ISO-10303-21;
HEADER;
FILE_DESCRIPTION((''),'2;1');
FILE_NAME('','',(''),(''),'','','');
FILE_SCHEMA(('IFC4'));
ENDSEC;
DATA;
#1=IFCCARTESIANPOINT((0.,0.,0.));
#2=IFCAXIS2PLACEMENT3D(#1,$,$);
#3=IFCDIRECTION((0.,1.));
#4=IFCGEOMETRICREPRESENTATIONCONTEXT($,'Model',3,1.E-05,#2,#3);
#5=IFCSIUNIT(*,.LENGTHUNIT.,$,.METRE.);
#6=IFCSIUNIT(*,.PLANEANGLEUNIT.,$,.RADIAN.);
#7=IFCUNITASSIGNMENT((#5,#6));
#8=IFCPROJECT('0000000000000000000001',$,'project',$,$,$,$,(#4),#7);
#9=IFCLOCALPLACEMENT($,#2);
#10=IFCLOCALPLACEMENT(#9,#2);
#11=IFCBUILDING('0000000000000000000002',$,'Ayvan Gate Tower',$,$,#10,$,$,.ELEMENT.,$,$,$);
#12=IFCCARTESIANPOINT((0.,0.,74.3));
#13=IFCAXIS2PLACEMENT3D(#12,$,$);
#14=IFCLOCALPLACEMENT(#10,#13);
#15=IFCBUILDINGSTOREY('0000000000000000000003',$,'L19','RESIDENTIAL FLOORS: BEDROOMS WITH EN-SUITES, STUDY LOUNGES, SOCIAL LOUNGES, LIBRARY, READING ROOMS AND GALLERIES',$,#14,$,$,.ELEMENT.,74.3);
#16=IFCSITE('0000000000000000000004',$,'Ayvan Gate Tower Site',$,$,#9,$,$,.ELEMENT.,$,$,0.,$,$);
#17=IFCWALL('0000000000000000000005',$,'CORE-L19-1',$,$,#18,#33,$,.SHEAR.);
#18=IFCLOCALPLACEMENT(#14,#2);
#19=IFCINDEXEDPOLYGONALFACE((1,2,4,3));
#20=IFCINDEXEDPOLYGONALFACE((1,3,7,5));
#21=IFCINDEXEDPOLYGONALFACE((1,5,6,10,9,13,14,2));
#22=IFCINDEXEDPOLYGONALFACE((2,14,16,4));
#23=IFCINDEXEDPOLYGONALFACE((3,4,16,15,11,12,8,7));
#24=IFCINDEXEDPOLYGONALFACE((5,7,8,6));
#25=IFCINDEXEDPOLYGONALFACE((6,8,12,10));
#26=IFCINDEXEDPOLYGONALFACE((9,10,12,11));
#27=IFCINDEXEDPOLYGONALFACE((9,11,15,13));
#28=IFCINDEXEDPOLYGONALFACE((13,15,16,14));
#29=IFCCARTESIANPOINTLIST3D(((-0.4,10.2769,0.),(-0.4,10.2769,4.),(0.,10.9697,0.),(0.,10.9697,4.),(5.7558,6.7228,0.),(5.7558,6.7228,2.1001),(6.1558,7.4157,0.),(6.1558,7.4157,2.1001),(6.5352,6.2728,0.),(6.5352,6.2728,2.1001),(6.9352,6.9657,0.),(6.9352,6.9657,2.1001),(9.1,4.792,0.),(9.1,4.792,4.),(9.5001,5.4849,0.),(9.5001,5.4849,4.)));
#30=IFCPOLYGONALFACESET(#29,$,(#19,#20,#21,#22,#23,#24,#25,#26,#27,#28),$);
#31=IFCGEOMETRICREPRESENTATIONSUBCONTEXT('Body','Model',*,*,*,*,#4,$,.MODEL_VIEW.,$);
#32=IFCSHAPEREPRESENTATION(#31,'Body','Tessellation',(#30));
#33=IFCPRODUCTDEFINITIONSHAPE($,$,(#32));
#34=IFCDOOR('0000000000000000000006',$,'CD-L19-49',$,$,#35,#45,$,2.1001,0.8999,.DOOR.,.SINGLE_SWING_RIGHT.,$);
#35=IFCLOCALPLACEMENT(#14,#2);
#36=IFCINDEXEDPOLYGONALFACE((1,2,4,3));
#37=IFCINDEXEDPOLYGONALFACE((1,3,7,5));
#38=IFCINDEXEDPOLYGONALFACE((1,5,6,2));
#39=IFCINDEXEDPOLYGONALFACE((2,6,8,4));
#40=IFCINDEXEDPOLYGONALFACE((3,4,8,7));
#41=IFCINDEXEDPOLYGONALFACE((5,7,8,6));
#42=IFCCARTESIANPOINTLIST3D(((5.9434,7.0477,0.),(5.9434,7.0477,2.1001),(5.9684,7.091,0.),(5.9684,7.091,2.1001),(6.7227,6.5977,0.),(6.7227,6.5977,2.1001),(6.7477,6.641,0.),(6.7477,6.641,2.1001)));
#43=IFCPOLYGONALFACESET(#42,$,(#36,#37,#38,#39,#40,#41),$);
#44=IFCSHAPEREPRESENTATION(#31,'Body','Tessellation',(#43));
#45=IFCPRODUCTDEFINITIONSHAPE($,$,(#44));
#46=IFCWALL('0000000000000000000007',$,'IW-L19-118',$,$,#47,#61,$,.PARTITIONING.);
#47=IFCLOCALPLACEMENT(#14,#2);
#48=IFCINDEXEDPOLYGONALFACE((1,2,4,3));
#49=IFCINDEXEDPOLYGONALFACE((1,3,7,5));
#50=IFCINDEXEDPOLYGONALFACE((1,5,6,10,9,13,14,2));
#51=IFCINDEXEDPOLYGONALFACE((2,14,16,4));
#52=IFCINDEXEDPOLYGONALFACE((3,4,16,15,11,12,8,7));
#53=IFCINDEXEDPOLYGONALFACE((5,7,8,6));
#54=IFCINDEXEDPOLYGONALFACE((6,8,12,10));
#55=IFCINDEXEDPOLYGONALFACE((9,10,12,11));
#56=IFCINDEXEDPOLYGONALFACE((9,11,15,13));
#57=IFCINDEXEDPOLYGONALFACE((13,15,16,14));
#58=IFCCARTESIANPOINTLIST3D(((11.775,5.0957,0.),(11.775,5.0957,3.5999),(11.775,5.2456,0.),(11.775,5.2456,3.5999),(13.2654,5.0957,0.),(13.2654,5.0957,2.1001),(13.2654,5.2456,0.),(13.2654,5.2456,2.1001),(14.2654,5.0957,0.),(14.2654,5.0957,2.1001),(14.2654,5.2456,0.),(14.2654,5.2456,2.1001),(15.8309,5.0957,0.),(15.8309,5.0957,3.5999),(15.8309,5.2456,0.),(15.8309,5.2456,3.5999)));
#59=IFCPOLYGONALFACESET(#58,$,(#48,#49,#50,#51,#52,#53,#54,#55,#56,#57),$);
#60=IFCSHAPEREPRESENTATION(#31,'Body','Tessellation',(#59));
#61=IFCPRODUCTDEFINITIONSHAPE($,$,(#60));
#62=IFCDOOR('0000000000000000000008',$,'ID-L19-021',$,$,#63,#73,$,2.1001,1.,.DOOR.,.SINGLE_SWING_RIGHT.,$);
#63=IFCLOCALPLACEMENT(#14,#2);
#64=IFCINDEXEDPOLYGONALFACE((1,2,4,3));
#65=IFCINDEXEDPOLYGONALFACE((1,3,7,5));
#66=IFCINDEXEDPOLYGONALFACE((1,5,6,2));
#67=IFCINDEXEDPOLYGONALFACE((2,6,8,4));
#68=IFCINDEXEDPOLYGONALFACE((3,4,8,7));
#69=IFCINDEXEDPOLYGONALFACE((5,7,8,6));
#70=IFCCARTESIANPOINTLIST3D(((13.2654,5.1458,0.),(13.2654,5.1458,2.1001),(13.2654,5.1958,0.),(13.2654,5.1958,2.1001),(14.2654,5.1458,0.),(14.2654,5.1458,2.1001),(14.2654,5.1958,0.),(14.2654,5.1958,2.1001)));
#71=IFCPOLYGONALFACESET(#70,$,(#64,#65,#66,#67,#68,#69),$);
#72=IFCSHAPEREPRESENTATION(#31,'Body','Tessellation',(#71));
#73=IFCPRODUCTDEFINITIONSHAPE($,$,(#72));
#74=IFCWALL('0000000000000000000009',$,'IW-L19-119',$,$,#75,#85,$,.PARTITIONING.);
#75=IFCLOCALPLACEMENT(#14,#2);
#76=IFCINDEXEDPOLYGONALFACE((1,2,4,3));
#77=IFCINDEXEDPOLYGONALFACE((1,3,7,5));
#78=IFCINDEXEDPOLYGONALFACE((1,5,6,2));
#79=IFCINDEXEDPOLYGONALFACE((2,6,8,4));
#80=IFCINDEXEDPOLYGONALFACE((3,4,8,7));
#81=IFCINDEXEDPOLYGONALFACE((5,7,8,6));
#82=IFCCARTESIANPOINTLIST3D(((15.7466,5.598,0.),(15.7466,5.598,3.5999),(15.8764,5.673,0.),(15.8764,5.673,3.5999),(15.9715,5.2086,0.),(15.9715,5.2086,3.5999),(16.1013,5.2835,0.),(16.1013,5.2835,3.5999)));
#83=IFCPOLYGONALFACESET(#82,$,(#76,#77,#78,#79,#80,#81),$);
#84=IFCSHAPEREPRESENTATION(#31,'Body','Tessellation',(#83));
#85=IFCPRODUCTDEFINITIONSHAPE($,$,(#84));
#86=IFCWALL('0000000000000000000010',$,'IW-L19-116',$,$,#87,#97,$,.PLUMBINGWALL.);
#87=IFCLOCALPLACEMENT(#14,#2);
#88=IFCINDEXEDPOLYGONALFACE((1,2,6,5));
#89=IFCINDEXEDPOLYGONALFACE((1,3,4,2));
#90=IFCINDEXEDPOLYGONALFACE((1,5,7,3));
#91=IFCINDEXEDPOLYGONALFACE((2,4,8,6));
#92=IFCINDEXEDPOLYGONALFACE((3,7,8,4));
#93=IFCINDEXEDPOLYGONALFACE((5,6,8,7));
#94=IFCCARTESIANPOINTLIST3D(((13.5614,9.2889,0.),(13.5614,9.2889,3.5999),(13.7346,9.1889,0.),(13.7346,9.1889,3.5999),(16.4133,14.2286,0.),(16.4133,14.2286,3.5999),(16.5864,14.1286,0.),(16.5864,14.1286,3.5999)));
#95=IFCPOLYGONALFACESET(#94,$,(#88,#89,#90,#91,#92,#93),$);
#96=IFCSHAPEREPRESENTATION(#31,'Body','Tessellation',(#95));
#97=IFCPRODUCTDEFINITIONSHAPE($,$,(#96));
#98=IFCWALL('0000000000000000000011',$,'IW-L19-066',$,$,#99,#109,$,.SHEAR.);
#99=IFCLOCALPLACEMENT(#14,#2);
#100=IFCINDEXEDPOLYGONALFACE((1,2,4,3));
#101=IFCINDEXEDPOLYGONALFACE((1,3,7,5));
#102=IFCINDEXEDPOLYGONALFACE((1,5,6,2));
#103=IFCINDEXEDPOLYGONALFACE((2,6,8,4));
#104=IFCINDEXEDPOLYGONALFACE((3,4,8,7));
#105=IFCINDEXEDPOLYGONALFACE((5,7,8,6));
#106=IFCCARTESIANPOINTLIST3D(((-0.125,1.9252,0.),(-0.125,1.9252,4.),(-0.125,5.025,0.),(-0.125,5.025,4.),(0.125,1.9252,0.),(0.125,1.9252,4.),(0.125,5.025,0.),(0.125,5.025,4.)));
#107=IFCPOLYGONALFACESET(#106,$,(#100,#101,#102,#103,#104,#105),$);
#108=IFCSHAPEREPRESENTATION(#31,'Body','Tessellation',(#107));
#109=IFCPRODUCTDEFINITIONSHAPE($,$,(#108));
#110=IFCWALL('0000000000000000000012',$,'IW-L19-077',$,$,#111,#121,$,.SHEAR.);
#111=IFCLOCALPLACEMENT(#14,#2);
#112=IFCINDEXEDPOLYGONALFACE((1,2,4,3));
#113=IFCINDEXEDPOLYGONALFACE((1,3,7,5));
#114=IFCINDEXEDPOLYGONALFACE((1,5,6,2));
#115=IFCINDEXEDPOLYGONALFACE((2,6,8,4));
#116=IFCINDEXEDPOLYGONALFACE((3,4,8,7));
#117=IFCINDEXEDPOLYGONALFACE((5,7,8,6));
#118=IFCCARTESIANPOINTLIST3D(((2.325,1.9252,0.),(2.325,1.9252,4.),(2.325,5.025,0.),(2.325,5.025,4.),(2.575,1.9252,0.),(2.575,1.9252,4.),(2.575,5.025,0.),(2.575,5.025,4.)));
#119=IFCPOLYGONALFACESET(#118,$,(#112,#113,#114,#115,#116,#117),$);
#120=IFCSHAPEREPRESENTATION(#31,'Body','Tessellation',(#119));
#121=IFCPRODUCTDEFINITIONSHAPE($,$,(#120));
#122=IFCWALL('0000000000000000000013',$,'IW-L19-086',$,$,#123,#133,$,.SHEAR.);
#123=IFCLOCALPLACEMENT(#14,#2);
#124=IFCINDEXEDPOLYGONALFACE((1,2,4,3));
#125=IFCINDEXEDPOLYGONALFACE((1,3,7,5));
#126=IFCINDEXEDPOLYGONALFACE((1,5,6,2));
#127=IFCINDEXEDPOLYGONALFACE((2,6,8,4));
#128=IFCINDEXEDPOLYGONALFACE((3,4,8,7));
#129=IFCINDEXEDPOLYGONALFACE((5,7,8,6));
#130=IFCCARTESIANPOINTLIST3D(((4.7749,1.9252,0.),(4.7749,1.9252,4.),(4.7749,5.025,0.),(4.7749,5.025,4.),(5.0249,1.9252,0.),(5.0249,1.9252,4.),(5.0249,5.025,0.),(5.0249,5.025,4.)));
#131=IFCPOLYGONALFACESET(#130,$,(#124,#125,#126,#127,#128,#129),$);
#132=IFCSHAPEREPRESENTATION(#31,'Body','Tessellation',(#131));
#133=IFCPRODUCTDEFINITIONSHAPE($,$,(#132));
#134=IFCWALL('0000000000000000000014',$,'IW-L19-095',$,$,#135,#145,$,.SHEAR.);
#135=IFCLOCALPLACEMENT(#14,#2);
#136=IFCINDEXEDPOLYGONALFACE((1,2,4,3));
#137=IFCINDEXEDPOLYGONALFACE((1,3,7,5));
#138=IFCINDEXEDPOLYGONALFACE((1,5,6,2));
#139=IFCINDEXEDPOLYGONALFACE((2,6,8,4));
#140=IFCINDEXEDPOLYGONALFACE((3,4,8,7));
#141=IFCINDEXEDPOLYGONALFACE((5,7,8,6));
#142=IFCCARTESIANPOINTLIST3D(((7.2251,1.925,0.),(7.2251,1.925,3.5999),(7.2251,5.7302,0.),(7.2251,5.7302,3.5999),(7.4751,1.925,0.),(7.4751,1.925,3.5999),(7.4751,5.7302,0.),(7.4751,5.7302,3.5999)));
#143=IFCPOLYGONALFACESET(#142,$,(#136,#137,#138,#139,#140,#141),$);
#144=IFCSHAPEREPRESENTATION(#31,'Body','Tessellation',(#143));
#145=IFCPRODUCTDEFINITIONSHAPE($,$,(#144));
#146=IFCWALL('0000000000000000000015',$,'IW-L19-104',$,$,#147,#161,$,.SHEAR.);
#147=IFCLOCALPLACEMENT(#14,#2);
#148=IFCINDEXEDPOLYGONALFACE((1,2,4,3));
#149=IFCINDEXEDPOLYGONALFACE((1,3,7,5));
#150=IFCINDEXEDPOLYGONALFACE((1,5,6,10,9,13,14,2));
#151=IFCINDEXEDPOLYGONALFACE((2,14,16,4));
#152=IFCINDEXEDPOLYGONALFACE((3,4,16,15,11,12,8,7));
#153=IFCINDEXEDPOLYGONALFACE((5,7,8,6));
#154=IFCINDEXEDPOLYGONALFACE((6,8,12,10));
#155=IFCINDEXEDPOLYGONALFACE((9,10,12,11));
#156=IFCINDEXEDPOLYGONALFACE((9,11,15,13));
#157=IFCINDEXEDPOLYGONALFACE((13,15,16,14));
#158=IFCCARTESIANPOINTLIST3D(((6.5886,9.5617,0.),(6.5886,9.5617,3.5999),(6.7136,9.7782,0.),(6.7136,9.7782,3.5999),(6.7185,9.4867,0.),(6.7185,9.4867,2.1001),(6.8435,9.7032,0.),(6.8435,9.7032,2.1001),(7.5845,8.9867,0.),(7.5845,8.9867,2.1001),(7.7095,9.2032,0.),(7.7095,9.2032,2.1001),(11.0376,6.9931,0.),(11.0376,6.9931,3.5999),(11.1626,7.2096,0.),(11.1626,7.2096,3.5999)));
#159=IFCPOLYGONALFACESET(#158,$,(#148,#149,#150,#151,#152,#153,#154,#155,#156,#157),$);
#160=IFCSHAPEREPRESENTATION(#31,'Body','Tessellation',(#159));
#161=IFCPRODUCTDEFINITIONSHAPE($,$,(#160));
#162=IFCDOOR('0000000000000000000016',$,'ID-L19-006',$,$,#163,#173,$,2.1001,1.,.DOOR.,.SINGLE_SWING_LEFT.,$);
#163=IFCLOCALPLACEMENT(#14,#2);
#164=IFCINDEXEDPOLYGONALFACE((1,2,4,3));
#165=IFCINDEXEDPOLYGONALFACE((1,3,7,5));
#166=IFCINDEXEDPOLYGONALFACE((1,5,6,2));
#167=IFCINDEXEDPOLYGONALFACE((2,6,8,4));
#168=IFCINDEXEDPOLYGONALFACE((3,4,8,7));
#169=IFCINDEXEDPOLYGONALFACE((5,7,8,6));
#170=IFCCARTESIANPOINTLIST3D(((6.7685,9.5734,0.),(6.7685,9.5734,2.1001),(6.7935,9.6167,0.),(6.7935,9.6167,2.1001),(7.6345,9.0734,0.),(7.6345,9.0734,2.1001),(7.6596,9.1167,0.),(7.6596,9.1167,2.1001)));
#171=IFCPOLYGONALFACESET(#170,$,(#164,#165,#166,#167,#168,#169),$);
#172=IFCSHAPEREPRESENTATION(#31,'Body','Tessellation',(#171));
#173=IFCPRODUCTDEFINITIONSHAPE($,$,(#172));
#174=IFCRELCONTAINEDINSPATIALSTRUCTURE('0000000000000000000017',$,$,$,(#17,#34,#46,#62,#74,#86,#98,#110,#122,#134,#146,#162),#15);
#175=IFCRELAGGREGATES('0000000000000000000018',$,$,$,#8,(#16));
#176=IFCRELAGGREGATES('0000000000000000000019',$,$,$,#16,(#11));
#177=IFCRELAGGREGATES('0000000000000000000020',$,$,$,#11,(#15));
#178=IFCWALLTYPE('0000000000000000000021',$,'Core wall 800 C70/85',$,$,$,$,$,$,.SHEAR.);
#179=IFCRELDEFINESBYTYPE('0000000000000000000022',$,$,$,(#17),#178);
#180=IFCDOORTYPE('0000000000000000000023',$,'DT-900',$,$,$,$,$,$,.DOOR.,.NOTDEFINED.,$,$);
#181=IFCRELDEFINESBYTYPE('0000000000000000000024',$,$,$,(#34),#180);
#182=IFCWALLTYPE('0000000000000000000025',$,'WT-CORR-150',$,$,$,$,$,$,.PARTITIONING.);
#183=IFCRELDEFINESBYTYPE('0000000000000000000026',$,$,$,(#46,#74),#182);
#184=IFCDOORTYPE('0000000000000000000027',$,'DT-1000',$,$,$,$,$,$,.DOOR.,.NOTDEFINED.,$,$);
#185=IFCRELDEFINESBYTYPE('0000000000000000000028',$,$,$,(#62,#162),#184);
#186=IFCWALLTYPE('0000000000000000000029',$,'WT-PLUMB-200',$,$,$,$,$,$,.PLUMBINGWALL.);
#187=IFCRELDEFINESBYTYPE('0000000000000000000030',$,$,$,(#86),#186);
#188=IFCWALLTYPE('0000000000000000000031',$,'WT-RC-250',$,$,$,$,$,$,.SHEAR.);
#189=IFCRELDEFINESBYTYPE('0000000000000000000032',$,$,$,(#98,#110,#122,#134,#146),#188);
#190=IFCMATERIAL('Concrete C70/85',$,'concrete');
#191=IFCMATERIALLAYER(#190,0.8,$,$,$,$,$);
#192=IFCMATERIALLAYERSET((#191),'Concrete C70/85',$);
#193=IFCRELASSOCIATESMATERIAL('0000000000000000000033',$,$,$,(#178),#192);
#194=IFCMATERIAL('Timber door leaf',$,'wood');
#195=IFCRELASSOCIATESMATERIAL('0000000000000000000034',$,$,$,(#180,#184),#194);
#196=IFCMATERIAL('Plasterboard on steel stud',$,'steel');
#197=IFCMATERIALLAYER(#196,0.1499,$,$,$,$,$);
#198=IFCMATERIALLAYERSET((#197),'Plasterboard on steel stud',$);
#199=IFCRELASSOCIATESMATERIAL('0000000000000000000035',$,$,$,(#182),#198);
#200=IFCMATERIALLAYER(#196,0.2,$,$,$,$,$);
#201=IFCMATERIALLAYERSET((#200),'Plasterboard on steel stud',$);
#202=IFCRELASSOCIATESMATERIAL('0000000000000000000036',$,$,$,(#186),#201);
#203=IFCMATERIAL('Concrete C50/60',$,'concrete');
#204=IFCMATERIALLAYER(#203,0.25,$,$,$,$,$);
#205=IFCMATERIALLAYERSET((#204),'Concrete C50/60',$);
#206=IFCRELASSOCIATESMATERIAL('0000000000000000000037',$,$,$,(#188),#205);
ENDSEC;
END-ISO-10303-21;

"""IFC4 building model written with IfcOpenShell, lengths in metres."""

from ifc_helpers import new_model, si_unit, direction, frame, frame_2d, origin, place, context, subcontext, project, spatial, rectangle, extrude, material, layer, layer_set, type_object, element, fill, save


model = new_model("IFC4")

# Units and contexts
model_context = context("Model", 3, precision=1e-05, world=origin(), true_north=direction((0.0, 1.0)))
body_context = subcontext(model_context, "Body", "Model", "MODEL_VIEW")
ifc_project = project(units=[si_unit("LENGTHUNIT", "METRE"), si_unit("PLANEANGLEUNIT", "RADIAN")], contexts=[model_context])

# Site, building, storey
site_placement = place(None, origin())
site = spatial("IfcSite", under=ifc_project, at=site_placement, Name="Ayvan Gate Tower Site", CompositionType="ELEMENT", RefElevation=0.0)
building_placement = place(site_placement, origin())
building = spatial("IfcBuilding", under=site, at=building_placement, Name="Ayvan Gate Tower", CompositionType="ELEMENT")
storey_placement = place(building_placement, frame((0.0, 0.0, 74.3)))
storey = spatial("IfcBuildingStorey", under=building, at=storey_placement, Name="L19", Description="RESIDENTIAL FLOORS: BEDROOMS WITH EN-SUITES, STUDY LOUNGES, SOCIAL LOUNGES, LIBRARY, READING ROOMS AND GALLERIES", CompositionType="ELEMENT", Elevation=74.3)

# Walls, openings, doors
ifc_material_1 = material(Name="Concrete C70/85", Category="concrete")
ifc_layer_1 = layer(ifc_material_1, 0.8)
ifc_layer_set_1 = layer_set([ifc_layer_1], Name="Concrete C70/85")
wall_type_1 = type_object("IfcWallType", Name="Core wall 800 C70/85", PredefinedType="SHEAR", material=ifc_layer_set_1)
wall_1_placement = place(storey_placement, frame((9.3, 5.1384, 0.0), z_axis=(0.0, 0.0, 1.0), x_axis=(-0.866024, 0.500002, 0.0)))
wall_1 = element("IfcWall", 1, at=wall_1_placement, inside=storey, type_object=wall_type_1, Name="CORE-L19-1", PredefinedType="SHEAR", context=body_context, shape_type="SweptSolid", body=[
    extrude(rectangle(XDim=10.9697, YDim=0.8, at=frame_2d((5.4849, 0.0))), origin(), (0.0, 0.0, 1.0), 4.0),
])
opening_1_placement = place(wall_1_placement, frame((2.9617, 0.0, 0.0)))
opening_1 = element("IfcOpeningElement", 2, at=opening_1_placement, cuts=wall_1, PredefinedType="OPENING", context=body_context, shape_type="SweptSolid", body=[
    extrude(rectangle(XDim=0.8999, YDim=2.1001, at=frame_2d((0.45, 1.05))), frame((0.0, 0.4099, 0.0), z_axis=(0.0, -1.0, 0.0), x_axis=(1.0, 0.0, 0.0)), (0.0, 0.0, 1.0), 0.8201),
])
ifc_material_2 = material(Name="Timber door leaf", Category="wood")
door_type_1 = type_object("IfcDoorType", Name="DT-900", OperationType="NOTDEFINED", PredefinedType="DOOR", material=ifc_material_2)
door_1_placement = place(opening_1_placement, origin())
door_1 = element("IfcDoor", 3, at=door_1_placement, inside=storey, type_object=door_type_1, Name="CD-L19-49", OperationType="SINGLE_SWING_RIGHT", OverallHeight=2.1001, OverallWidth=0.8999, PredefinedType="DOOR", context=body_context, shape_type="SweptSolid", body=[
    extrude(rectangle(XDim=0.8999, YDim=2.1001, at=frame_2d((0.45, 1.05))), frame((0.0, 0.0249, 0.0), z_axis=(0.0, -1.0, 0.0), x_axis=(1.0, 0.0, 0.0)), (0.0, 0.0, 1.0), 0.05),
])
fill(opening_1, door_1)
ifc_material_3 = material(Name="Plasterboard on steel stud", Category="steel")
ifc_layer_2 = layer(ifc_material_3, 0.1499)
ifc_layer_set_2 = layer_set([ifc_layer_2], Name="Plasterboard on steel stud")
wall_type_2 = type_object("IfcWallType", Name="WT-CORR-150", PredefinedType="PARTITIONING", material=ifc_layer_set_2)
wall_2_placement = place(storey_placement, frame((15.8308, 5.1707, 0.0), z_axis=(0.0, 0.0, 1.0), x_axis=(-1.0, 0.0, 0.0)))
wall_2 = element("IfcWall", 4, at=wall_2_placement, inside=storey, type_object=wall_type_2, Name="IW-L19-118", PredefinedType="PARTITIONING", context=body_context, shape_type="SweptSolid", body=[
    extrude(rectangle(XDim=4.0559, YDim=0.1499, at=frame_2d((2.0278, 0.0))), origin(), (0.0, 0.0, 1.0), 3.5999),
])
opening_2_placement = place(wall_2_placement, frame((1.5654, 0.0, 0.0)))
opening_2 = element("IfcOpeningElement", 5, at=opening_2_placement, cuts=wall_2, PredefinedType="OPENING", context=body_context, shape_type="SweptSolid", body=[
    extrude(rectangle(XDim=1.0, YDim=2.1001, at=frame_2d((0.5, 1.05))), frame((0.0, 0.085, 0.0), z_axis=(0.0, -1.0, 0.0), x_axis=(1.0, 0.0, 0.0)), (0.0, 0.0, 1.0), 0.1699),
])
door_type_2 = type_object("IfcDoorType", Name="DT-1000", OperationType="NOTDEFINED", PredefinedType="DOOR", material=ifc_material_2)
door_2_placement = place(opening_2_placement, origin())
door_2 = element("IfcDoor", 6, at=door_2_placement, inside=storey, type_object=door_type_2, Name="ID-L19-021", OperationType="SINGLE_SWING_RIGHT", OverallHeight=2.1001, OverallWidth=1.0, PredefinedType="DOOR", context=body_context, shape_type="SweptSolid", body=[
    extrude(rectangle(XDim=1.0, YDim=2.1001, at=frame_2d((0.5, 1.05))), frame((0.0, 0.0249, 0.0), z_axis=(0.0, -1.0, 0.0), x_axis=(1.0, 0.0, 0.0)), (0.0, 0.0, 1.0), 0.05),
])
fill(opening_2, door_2)

# Walls
wall_3_placement = place(storey_placement, frame((15.8115, 5.6355, 0.0), z_axis=(0.0, 0.0, 1.0), x_axis=(0.500051, -0.865996, 0.0)))
element("IfcWall", 7, at=wall_3_placement, inside=storey, type_object=wall_type_2, Name="IW-L19-119", PredefinedType="PARTITIONING", context=body_context, shape_type="SweptSolid", body=[
    extrude(rectangle(XDim=0.4497, YDim=0.1499, at=frame_2d((0.2249, 0.0))), origin(), (0.0, 0.0, 1.0), 3.5999),
])
ifc_layer_3 = layer(ifc_material_3, 0.2)
ifc_layer_set_3 = layer_set([ifc_layer_3], Name="Plasterboard on steel stud")
wall_type_3 = type_object("IfcWallType", Name="WT-PLUMB-200", PredefinedType="PLUMBINGWALL", material=ifc_layer_set_3)
wall_4_placement = place(storey_placement, frame((13.6479, 9.2388, 0.0), z_axis=(0.0, 0.0, 1.0), x_axis=(0.499983, 0.866035, 0.0)))
element("IfcWall", 8, at=wall_4_placement, inside=storey, type_object=wall_type_3, Name="IW-L19-116", PredefinedType="PLUMBINGWALL", context=body_context, shape_type="SweptSolid", body=[
    extrude(rectangle(XDim=5.7039, YDim=0.2, at=frame_2d((2.8521, 0.0))), origin(), (0.0, 0.0, 1.0), 3.5999),
])
ifc_material_4 = material(Name="Concrete C50/60", Category="concrete")
ifc_layer_4 = layer(ifc_material_4, 0.25)
ifc_layer_set_4 = layer_set([ifc_layer_4], Name="Concrete C50/60")
wall_type_4 = type_object("IfcWallType", Name="WT-RC-250", PredefinedType="SHEAR", material=ifc_layer_set_4)
for number, where, z_axis, x_axis, name in (
    (9, (0.0, 5.0249, 0.0), (0.0, 0.0, 1.0), (0.0, -1.0, 0.0), "IW-L19-066"),
    (10, (2.45, 5.0249, 0.0), (0.0, 0.0, 1.0), (0.0, -1.0, 0.0), "IW-L19-077"),
    (11, (4.8999, 5.0249, 0.0), (0.0, 0.0, 1.0), (0.0, -1.0, 0.0), "IW-L19-086"),
):
    element("IfcWall", number, at=place(storey_placement, frame(where, z_axis=z_axis, x_axis=x_axis)), inside=storey, type_object=wall_type_4, Name=name, PredefinedType="SHEAR", context=body_context, shape_type="SweptSolid", body=[
        extrude(rectangle(XDim=3.0999, YDim=0.25, at=frame_2d((1.5498, 0.0))), origin(), (0.0, 0.0, 1.0), 4.0),
    ])
wall_5_placement = place(storey_placement, frame((7.3501, 5.7302, 0.0), z_axis=(0.0, 0.0, 1.0), x_axis=(0.0, -1.0, 0.0)))
element("IfcWall", 12, at=wall_5_placement, inside=storey, type_object=wall_type_4, Name="IW-L19-095", PredefinedType="SHEAR", context=body_context, shape_type="SweptSolid", body=[
    extrude(rectangle(XDim=3.8052, YDim=0.25, at=frame_2d((1.9026, 0.0))), origin(), (0.0, 0.0, 1.0), 3.5999),
])

# Wall, opening, door
wall_6_placement = place(storey_placement, frame((11.1001, 7.1013, 0.0), z_axis=(0.0, 0.0, 1.0), x_axis=(-0.866027, 0.499998, 0.0)))
wall_6 = element("IfcWall", 13, at=wall_6_placement, inside=storey, type_object=wall_type_4, Name="IW-L19-104", PredefinedType="SHEAR", context=body_context, shape_type="SweptSolid", body=[
    extrude(rectangle(XDim=5.1372, YDim=0.25, at=frame_2d((2.5686, 0.0))), origin(), (0.0, 0.0, 1.0), 3.5999),
])
opening_3_placement = place(wall_6_placement, frame((3.9873, 0.0, 0.0)))
opening_3 = element("IfcOpeningElement", 14, at=opening_3_placement, cuts=wall_6, PredefinedType="OPENING", context=body_context, shape_type="SweptSolid", body=[
    extrude(rectangle(XDim=1.0, YDim=2.1001, at=frame_2d((0.5, 1.05))), frame((0.0, 0.135, 0.0), z_axis=(0.0, -1.0, 0.0), x_axis=(1.0, 0.0, 0.0)), (0.0, 0.0, 1.0), 0.27),
])
door_3_placement = place(opening_3_placement, origin())
door_3 = element("IfcDoor", 15, at=door_3_placement, inside=storey, type_object=door_type_2, Name="ID-L19-006", OperationType="SINGLE_SWING_LEFT", OverallHeight=2.1001, OverallWidth=1.0, PredefinedType="DOOR", context=body_context, shape_type="SweptSolid", body=[
    extrude(rectangle(XDim=1.0, YDim=2.1001, at=frame_2d((0.5, 1.05))), frame((0.0, 0.0249, 0.0), z_axis=(0.0, -1.0, 0.0), x_axis=(1.0, 0.0, 0.0)), (0.0, 0.0, 1.0), 0.05),
])
fill(opening_3, door_3)

save(model, "model.ifc")
